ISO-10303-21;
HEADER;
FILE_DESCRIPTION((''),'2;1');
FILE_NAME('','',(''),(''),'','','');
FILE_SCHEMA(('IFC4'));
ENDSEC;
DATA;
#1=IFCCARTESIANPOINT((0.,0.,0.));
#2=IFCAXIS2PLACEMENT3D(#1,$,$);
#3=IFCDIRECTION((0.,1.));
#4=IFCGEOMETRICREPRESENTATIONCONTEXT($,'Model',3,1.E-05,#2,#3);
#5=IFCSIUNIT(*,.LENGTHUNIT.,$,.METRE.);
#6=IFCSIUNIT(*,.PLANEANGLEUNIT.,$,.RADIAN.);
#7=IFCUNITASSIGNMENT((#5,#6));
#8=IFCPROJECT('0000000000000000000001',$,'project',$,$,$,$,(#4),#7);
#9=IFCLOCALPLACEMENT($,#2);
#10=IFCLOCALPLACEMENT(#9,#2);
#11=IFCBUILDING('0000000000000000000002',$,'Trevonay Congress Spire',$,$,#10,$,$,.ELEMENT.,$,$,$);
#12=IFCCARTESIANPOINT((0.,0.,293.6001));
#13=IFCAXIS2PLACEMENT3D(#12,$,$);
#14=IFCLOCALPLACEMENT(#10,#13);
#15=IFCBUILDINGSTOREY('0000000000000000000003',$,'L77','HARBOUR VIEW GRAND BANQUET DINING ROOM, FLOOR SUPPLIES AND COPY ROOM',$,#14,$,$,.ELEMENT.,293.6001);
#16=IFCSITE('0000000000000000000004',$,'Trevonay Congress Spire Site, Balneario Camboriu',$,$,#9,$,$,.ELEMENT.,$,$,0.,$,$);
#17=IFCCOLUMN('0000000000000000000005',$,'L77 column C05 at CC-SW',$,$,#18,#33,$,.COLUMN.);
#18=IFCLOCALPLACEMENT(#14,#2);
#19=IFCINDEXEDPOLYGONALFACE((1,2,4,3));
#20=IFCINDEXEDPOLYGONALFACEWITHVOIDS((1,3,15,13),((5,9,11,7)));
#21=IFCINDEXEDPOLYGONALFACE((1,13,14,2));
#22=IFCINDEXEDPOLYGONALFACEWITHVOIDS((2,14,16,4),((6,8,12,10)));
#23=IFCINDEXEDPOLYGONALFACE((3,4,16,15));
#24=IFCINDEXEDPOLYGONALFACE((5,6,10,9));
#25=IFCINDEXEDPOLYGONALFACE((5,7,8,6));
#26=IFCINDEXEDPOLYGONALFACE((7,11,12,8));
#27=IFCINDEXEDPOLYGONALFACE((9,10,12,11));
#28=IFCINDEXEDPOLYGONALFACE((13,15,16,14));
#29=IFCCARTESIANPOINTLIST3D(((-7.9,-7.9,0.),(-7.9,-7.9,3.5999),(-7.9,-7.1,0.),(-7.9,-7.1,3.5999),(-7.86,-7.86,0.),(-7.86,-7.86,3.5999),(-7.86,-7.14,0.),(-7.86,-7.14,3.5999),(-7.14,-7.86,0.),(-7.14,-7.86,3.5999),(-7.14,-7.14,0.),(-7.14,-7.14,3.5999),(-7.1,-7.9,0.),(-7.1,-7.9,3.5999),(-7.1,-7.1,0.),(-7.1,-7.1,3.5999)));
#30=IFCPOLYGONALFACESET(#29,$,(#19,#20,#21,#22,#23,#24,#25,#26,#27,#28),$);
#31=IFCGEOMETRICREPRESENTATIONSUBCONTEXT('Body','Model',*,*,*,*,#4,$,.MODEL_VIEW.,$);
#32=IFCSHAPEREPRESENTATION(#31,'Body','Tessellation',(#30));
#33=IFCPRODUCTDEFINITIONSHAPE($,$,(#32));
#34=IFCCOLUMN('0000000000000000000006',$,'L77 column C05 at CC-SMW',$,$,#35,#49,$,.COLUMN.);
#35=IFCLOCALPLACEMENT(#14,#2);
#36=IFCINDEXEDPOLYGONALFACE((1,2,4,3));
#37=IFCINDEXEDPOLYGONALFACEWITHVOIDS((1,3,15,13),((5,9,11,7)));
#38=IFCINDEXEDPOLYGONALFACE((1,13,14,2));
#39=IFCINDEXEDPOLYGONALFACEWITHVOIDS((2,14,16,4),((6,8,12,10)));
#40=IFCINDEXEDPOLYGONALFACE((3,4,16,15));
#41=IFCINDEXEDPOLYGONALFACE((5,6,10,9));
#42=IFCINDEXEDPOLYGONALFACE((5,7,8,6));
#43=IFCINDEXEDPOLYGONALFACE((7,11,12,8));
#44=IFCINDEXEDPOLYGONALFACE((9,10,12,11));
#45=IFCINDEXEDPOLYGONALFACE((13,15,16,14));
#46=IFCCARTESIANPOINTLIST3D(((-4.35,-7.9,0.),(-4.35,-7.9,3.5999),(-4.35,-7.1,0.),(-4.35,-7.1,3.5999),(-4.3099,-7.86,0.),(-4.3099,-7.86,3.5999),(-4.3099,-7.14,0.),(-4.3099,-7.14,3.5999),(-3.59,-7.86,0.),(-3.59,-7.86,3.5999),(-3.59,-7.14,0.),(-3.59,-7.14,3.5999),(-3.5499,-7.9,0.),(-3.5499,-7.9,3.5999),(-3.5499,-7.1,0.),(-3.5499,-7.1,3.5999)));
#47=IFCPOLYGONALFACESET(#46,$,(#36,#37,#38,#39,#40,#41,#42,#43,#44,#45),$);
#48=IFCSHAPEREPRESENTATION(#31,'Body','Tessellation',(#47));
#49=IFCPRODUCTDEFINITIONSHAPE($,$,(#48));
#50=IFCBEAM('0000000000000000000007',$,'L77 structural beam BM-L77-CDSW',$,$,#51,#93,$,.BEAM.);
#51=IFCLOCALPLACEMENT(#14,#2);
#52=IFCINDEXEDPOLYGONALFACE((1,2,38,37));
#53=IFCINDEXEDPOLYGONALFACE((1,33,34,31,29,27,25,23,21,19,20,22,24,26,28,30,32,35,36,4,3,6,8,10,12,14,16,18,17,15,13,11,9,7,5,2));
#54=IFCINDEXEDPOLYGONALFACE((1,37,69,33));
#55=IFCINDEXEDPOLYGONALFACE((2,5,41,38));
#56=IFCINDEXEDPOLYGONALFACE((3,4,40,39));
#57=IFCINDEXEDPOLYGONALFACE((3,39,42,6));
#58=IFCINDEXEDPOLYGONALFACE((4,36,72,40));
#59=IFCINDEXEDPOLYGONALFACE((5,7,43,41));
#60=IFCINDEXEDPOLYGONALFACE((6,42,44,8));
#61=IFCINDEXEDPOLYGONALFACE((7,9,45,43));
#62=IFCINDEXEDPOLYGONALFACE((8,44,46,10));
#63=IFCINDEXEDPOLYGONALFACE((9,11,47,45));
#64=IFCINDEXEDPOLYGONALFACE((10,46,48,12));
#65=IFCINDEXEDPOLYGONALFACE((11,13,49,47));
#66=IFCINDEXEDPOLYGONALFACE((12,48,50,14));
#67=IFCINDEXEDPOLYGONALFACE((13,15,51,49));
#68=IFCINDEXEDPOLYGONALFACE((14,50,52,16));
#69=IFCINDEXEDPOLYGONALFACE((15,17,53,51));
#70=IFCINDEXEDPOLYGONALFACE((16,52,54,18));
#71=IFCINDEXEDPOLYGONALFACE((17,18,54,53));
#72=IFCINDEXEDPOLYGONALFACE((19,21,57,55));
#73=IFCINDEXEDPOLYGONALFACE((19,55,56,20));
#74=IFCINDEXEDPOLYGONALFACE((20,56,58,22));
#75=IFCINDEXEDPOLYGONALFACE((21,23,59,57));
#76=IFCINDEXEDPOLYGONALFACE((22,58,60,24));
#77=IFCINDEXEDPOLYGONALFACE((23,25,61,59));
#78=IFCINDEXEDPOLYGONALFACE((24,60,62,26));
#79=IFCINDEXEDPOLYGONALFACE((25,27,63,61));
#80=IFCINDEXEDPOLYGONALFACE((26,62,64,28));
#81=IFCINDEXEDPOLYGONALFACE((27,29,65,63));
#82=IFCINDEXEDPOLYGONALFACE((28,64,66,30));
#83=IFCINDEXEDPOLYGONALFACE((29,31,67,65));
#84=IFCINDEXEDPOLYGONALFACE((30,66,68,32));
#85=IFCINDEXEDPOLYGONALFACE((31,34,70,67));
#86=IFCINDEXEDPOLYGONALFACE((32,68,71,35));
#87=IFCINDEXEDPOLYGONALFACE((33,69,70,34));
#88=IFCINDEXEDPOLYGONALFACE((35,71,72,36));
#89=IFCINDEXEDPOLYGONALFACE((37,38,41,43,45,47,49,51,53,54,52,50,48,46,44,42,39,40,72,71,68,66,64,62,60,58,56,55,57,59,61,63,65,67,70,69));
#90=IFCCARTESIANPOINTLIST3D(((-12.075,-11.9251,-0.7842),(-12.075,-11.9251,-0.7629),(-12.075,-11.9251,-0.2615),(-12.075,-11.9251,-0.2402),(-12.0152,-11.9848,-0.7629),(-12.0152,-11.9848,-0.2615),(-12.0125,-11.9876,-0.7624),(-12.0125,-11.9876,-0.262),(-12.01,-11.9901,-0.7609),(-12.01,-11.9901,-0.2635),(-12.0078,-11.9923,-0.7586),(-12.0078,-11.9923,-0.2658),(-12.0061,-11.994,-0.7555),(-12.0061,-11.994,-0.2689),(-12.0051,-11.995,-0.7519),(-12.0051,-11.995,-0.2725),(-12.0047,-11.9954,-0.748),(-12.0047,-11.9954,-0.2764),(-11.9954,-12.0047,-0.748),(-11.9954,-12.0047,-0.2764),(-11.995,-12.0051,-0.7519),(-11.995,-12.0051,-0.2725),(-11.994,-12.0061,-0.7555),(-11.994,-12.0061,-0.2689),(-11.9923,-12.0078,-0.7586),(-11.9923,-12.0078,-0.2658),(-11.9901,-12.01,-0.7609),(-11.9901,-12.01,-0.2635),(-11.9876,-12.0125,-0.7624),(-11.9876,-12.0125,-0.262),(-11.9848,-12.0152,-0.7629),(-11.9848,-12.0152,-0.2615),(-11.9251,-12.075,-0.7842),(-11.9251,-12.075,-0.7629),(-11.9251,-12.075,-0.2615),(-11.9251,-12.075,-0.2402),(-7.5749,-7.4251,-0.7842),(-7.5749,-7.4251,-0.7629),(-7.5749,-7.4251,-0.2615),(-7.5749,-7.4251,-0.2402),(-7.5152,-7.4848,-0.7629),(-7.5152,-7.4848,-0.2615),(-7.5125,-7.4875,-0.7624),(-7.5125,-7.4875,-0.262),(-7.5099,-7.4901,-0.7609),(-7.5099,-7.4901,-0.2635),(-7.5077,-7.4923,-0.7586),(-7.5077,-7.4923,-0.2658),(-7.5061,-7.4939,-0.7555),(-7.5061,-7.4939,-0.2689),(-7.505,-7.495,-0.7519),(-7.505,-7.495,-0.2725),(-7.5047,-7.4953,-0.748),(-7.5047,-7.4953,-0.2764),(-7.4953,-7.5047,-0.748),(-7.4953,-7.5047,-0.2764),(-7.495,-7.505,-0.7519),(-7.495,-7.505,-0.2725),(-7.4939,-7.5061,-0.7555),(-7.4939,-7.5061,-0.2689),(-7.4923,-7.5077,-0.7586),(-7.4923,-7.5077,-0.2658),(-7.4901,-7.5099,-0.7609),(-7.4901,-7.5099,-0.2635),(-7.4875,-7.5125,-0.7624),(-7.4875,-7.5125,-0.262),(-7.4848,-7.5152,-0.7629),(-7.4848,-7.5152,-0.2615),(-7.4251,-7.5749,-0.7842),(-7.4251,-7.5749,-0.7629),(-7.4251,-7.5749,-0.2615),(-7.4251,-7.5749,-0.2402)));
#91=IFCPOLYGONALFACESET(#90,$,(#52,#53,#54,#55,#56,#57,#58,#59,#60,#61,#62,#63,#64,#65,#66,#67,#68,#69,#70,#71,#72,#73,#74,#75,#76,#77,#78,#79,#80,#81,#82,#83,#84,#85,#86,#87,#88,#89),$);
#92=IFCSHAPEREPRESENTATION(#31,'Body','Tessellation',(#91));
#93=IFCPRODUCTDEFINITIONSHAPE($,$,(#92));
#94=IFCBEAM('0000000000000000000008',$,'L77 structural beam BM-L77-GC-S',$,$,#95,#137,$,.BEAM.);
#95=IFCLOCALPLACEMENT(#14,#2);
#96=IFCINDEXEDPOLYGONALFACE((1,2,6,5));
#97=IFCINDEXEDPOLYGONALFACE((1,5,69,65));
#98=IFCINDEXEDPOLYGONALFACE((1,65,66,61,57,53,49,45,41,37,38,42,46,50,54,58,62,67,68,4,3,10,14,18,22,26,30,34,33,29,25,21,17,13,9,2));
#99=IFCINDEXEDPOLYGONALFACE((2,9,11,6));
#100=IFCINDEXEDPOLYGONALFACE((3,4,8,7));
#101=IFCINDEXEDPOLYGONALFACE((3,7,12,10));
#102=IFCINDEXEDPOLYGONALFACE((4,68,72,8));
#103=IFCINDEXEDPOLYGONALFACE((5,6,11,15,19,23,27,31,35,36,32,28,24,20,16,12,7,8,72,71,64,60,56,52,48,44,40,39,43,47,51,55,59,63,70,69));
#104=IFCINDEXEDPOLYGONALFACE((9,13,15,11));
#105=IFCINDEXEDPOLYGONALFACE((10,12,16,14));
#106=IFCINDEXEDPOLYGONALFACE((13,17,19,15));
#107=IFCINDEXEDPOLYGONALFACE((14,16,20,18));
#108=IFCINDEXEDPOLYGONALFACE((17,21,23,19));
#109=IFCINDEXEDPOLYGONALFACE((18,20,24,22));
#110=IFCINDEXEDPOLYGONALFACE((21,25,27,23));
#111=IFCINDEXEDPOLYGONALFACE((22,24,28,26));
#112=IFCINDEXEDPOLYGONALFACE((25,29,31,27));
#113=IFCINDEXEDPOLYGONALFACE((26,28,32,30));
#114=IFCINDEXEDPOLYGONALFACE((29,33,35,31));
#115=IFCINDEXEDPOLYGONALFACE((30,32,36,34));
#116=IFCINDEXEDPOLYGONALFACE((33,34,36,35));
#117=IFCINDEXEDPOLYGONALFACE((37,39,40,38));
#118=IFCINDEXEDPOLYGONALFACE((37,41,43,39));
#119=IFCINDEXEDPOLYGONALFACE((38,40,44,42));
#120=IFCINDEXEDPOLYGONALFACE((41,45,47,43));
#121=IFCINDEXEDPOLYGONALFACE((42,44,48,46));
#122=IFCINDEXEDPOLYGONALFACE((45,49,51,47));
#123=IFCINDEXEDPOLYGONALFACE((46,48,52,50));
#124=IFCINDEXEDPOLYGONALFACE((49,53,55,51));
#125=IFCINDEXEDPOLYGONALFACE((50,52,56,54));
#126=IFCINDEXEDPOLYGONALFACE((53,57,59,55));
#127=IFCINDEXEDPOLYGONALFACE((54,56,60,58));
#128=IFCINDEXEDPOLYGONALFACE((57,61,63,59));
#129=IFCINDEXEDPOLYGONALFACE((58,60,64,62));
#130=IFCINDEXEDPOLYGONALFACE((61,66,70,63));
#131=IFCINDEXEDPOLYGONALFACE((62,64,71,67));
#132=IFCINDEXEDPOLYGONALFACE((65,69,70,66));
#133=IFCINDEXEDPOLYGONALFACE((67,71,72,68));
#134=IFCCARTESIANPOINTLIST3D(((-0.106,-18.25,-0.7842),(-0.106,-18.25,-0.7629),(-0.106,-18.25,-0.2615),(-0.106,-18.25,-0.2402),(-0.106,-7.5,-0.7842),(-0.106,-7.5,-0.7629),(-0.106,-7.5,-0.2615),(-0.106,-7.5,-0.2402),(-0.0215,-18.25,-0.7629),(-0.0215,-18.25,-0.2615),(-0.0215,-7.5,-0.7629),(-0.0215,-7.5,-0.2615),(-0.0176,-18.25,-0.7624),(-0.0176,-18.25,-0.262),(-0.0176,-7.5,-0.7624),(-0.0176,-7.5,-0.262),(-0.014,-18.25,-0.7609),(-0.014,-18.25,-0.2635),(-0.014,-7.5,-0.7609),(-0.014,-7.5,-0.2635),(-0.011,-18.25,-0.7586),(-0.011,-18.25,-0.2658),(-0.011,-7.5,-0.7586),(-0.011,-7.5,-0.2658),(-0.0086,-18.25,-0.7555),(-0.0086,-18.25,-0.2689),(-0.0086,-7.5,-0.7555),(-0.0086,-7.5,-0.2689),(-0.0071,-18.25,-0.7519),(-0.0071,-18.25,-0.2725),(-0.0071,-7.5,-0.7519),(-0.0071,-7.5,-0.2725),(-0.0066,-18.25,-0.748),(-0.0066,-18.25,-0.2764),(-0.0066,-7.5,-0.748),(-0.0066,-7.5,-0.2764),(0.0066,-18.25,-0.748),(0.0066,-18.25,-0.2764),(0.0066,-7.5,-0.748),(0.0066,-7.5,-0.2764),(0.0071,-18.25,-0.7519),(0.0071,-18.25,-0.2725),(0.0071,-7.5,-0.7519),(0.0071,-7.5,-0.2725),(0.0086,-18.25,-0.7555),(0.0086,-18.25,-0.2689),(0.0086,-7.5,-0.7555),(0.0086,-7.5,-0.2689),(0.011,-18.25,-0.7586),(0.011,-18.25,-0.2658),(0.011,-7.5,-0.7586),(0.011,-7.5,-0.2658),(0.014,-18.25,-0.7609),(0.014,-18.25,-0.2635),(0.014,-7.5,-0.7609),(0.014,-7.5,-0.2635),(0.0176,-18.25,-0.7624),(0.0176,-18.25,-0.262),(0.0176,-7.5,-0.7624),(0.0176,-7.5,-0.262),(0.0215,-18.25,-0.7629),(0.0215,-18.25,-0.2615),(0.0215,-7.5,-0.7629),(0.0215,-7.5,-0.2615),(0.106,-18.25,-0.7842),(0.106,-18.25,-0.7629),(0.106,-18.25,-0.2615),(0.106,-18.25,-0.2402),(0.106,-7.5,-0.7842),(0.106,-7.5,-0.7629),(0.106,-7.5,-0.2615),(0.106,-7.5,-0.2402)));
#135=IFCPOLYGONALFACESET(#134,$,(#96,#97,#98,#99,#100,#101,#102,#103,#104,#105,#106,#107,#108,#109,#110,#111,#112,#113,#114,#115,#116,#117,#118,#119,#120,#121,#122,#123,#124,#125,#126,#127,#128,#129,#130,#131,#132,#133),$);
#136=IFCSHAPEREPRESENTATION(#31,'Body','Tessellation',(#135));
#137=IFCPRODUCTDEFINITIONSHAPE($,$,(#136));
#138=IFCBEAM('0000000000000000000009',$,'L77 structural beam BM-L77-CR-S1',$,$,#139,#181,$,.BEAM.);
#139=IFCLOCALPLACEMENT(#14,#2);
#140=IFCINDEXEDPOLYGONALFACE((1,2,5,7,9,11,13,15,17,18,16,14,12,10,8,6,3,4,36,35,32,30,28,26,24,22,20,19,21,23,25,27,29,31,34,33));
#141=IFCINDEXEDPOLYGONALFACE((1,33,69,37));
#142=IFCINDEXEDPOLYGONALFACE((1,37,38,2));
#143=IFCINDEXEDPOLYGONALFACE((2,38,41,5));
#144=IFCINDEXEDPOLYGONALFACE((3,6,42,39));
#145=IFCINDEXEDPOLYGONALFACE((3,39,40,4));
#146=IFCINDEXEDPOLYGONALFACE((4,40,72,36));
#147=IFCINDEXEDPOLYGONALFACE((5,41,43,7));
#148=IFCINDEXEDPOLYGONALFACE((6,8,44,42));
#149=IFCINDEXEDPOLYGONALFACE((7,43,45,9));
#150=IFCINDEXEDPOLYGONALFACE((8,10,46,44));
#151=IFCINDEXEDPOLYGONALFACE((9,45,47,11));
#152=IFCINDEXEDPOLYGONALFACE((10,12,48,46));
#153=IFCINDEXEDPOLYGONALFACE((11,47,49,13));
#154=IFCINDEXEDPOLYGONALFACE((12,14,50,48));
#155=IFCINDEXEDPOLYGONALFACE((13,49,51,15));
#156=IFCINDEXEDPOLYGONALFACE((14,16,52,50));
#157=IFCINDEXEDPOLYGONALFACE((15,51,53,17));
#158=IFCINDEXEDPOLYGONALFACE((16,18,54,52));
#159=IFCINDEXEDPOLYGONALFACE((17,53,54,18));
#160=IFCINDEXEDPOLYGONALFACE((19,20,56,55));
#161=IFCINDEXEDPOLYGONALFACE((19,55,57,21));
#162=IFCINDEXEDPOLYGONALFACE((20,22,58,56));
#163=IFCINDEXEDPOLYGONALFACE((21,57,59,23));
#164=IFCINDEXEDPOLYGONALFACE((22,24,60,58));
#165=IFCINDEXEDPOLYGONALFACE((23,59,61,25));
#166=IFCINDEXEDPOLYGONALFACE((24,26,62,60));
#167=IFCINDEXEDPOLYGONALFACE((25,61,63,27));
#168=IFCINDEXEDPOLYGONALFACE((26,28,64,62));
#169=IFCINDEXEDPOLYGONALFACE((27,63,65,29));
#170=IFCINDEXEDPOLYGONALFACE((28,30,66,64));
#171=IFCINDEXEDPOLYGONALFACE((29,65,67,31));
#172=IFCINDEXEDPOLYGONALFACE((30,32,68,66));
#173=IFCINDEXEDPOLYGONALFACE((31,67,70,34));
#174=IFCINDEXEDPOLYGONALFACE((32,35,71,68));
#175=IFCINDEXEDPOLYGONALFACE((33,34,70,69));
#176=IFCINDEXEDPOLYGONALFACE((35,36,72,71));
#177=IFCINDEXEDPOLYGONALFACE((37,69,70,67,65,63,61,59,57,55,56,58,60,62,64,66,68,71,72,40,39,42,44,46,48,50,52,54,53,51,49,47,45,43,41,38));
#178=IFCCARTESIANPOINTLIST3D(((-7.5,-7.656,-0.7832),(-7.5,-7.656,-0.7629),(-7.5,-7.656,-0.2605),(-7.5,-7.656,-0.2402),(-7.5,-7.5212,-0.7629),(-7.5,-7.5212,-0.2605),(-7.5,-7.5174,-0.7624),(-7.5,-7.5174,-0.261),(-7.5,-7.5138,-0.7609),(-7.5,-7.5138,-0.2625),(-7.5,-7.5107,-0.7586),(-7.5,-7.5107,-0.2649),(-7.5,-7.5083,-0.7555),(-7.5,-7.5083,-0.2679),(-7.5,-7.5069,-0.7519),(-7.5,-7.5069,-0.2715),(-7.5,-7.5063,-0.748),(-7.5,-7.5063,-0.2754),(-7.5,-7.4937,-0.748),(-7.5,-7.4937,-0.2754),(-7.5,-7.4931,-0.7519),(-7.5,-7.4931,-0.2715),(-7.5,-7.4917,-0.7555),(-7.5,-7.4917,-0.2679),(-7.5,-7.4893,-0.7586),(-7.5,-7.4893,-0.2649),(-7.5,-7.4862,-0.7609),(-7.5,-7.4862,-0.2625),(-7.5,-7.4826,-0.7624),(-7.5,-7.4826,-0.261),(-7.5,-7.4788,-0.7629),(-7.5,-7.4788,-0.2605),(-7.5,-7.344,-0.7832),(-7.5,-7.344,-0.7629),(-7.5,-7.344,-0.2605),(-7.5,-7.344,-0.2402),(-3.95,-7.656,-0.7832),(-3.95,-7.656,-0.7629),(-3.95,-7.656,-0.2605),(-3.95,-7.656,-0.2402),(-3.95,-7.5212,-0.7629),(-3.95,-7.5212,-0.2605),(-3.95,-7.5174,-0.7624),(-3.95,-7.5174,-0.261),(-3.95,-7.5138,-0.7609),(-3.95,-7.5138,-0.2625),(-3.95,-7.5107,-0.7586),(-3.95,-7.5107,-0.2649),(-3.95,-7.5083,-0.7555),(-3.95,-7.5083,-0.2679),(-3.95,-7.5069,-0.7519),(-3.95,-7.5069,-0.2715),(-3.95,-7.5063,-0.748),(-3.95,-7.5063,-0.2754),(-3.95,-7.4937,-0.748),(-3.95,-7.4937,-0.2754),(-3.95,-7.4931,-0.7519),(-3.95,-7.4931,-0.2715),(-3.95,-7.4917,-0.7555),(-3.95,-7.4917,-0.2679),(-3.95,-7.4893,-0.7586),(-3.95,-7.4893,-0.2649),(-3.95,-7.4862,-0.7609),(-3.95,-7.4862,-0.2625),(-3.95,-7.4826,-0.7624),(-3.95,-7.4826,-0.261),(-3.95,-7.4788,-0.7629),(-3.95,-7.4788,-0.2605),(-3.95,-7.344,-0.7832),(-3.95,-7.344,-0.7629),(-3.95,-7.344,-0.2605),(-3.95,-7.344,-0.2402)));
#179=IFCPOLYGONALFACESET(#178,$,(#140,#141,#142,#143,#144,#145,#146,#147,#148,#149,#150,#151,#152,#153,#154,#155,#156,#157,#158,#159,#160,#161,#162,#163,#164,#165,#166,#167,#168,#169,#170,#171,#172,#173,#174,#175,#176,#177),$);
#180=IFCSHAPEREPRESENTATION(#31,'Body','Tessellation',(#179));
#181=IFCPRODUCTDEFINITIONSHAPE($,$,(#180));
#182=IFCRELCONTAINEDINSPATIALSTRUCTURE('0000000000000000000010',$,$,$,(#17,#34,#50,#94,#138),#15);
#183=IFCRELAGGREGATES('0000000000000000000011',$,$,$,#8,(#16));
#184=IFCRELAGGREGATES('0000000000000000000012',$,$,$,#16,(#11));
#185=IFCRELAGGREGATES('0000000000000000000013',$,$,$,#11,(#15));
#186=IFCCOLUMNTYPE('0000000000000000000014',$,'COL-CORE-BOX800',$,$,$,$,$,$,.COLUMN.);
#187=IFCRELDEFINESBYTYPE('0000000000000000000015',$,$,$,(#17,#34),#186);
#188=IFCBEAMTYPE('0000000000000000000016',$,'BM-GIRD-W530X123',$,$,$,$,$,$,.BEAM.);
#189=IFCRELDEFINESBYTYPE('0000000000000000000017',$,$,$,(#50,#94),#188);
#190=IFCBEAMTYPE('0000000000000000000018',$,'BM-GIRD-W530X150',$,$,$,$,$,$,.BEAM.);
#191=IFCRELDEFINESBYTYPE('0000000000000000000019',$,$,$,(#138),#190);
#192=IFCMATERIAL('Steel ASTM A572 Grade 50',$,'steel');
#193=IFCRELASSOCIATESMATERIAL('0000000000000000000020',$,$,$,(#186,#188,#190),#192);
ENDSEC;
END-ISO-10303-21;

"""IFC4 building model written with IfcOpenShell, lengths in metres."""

from ifc_helpers import new_model, si_unit, direction, frame, origin, origin_2d, place, context, subcontext, project, spatial, hollow_rectangle, i_section, extrude, material, material_profile, profile_set, type_object, element, save


model = new_model("IFC4")

# Units and contexts
model_context = context("Model", 3, precision=1e-05, world=origin(), true_north=direction((0.0, 1.0)))
body_context = subcontext(model_context, "Body", "Model", "MODEL_VIEW")
ifc_project = project(units=[si_unit("LENGTHUNIT", "METRE"), si_unit("PLANEANGLEUNIT", "RADIAN")], contexts=[model_context])

# Site, building, storey
site_placement = place(None, origin())
site = spatial("IfcSite", under=ifc_project, at=site_placement, Name="Trevonay Congress Spire Site, Balneario Camboriu", CompositionType="ELEMENT", RefElevation=0.0)
building_placement = place(site_placement, origin())
building = spatial("IfcBuilding", under=site, at=building_placement, Name="Trevonay Congress Spire", CompositionType="ELEMENT")
storey_placement = place(building_placement, frame((0.0, 0.0, 293.6001)))
storey = spatial("IfcBuildingStorey", under=building, at=storey_placement, Name="L77", Description="HARBOUR VIEW GRAND BANQUET DINING ROOM, FLOOR SUPPLIES AND COPY ROOM", CompositionType="ELEMENT", Elevation=293.6001)

# Columns
ifc_material_1 = material(Name="Steel ASTM A572 Grade 50", Category="steel")
ifc_material_profile_1 = material_profile(ifc_material_1, hollow_rectangle(XDim=0.8, YDim=0.8, WallThickness=0.04, at=origin_2d()), Name="BOX 800x800x40")
ifc_profile_set_1 = profile_set([ifc_material_profile_1], Name="Steel ASTM A572 Grade 50")
column_type = type_object("IfcColumnType", Name="COL-CORE-BOX800", PredefinedType="COLUMN", material=ifc_profile_set_1)
for number, where, z_axis, x_axis, name in (
    (1, (-7.5, -7.5, 0.0), (0.0, 0.0, 1.0), (1.0, 0.0, 0.0), "L77 column C05 at CC-SW"),
    (2, (-3.95, -7.5, 0.0), (0.0, 0.0, 1.0), (1.0, 0.0, 0.0), "L77 column C05 at CC-SMW"),
):
    element("IfcColumn", number, at=place(storey_placement, frame(where, z_axis=z_axis, x_axis=x_axis)), inside=storey, type_object=column_type, Name=name, PredefinedType="COLUMN", context=body_context, shape_type="SweptSolid", body=[
        extrude(hollow_rectangle(XDim=0.8, YDim=0.8, WallThickness=0.04, at=origin_2d()), origin(), (0.0, 0.0, 1.0), 3.5999),
    ])

# Beams
ifc_material_profile_2 = material_profile(ifc_material_1, i_section(OverallWidth=0.2119, OverallDepth=0.5439, WebThickness=0.0132, FlangeThickness=0.0212, FilletRadius=0.0149, at=origin_2d()), Name="W530x123")
ifc_profile_set_2 = profile_set([ifc_material_profile_2], Name="Steel ASTM A572 Grade 50")
beam_type_1 = type_object("IfcBeamType", Name="BM-GIRD-W530X123", PredefinedType="BEAM", material=ifc_profile_set_2)
beam_1_placement = place(storey_placement, frame((-7.5, -7.5, -0.5122), z_axis=(-0.707107, -0.707107, 0.0), x_axis=(0.707107, -0.707107, 0.0)))
element("IfcBeam", 3, at=beam_1_placement, inside=storey, type_object=beam_type_1, Name="L77 structural beam BM-L77-CDSW", PredefinedType="BEAM", context=body_context, shape_type="SweptSolid", body=[
    extrude(i_section(OverallWidth=0.2119, OverallDepth=0.5439, WebThickness=0.0132, FlangeThickness=0.0212, FilletRadius=0.0149, at=origin_2d()), origin(), (0.0, 0.0, 1.0), 6.364),
])
beam_2_placement = place(storey_placement, frame((0.0, -7.5, -0.5122), z_axis=(0.0, -1.0, 0.0), x_axis=(1.0, 0.0, 0.0)))
element("IfcBeam", 4, at=beam_2_placement, inside=storey, type_object=beam_type_1, Name="L77 structural beam BM-L77-GC-S", PredefinedType="BEAM", context=body_context, shape_type="SweptSolid", body=[
    extrude(i_section(OverallWidth=0.2119, OverallDepth=0.5439, WebThickness=0.0132, FlangeThickness=0.0212, FilletRadius=0.0149, at=origin_2d()), origin(), (0.0, 0.0, 1.0), 10.75),
])
ifc_material_profile_3 = material_profile(ifc_material_1, i_section(OverallWidth=0.312, OverallDepth=0.543, WebThickness=0.0127, FlangeThickness=0.0203, FilletRadius=0.0149, at=origin_2d()), Name="W530x150")
ifc_profile_set_3 = profile_set([ifc_material_profile_3], Name="Steel ASTM A572 Grade 50")
beam_type_2 = type_object("IfcBeamType", Name="BM-GIRD-W530X150", PredefinedType="BEAM", material=ifc_profile_set_3)
beam_3_placement = place(storey_placement, frame((-7.5, -7.5, -0.5117), z_axis=(1.0, 0.0, 0.0), x_axis=(0.0, 1.0, 0.0)))
element("IfcBeam", 5, at=beam_3_placement, inside=storey, type_object=beam_type_2, Name="L77 structural beam BM-L77-CR-S1", PredefinedType="BEAM", context=body_context, shape_type="SweptSolid", body=[
    extrude(i_section(OverallWidth=0.312, OverallDepth=0.543, WebThickness=0.0127, FlangeThickness=0.0203, FilletRadius=0.0149, at=origin_2d()), origin(), (0.0, 0.0, 1.0), 3.55),
])

save(model, "model.ifc")
